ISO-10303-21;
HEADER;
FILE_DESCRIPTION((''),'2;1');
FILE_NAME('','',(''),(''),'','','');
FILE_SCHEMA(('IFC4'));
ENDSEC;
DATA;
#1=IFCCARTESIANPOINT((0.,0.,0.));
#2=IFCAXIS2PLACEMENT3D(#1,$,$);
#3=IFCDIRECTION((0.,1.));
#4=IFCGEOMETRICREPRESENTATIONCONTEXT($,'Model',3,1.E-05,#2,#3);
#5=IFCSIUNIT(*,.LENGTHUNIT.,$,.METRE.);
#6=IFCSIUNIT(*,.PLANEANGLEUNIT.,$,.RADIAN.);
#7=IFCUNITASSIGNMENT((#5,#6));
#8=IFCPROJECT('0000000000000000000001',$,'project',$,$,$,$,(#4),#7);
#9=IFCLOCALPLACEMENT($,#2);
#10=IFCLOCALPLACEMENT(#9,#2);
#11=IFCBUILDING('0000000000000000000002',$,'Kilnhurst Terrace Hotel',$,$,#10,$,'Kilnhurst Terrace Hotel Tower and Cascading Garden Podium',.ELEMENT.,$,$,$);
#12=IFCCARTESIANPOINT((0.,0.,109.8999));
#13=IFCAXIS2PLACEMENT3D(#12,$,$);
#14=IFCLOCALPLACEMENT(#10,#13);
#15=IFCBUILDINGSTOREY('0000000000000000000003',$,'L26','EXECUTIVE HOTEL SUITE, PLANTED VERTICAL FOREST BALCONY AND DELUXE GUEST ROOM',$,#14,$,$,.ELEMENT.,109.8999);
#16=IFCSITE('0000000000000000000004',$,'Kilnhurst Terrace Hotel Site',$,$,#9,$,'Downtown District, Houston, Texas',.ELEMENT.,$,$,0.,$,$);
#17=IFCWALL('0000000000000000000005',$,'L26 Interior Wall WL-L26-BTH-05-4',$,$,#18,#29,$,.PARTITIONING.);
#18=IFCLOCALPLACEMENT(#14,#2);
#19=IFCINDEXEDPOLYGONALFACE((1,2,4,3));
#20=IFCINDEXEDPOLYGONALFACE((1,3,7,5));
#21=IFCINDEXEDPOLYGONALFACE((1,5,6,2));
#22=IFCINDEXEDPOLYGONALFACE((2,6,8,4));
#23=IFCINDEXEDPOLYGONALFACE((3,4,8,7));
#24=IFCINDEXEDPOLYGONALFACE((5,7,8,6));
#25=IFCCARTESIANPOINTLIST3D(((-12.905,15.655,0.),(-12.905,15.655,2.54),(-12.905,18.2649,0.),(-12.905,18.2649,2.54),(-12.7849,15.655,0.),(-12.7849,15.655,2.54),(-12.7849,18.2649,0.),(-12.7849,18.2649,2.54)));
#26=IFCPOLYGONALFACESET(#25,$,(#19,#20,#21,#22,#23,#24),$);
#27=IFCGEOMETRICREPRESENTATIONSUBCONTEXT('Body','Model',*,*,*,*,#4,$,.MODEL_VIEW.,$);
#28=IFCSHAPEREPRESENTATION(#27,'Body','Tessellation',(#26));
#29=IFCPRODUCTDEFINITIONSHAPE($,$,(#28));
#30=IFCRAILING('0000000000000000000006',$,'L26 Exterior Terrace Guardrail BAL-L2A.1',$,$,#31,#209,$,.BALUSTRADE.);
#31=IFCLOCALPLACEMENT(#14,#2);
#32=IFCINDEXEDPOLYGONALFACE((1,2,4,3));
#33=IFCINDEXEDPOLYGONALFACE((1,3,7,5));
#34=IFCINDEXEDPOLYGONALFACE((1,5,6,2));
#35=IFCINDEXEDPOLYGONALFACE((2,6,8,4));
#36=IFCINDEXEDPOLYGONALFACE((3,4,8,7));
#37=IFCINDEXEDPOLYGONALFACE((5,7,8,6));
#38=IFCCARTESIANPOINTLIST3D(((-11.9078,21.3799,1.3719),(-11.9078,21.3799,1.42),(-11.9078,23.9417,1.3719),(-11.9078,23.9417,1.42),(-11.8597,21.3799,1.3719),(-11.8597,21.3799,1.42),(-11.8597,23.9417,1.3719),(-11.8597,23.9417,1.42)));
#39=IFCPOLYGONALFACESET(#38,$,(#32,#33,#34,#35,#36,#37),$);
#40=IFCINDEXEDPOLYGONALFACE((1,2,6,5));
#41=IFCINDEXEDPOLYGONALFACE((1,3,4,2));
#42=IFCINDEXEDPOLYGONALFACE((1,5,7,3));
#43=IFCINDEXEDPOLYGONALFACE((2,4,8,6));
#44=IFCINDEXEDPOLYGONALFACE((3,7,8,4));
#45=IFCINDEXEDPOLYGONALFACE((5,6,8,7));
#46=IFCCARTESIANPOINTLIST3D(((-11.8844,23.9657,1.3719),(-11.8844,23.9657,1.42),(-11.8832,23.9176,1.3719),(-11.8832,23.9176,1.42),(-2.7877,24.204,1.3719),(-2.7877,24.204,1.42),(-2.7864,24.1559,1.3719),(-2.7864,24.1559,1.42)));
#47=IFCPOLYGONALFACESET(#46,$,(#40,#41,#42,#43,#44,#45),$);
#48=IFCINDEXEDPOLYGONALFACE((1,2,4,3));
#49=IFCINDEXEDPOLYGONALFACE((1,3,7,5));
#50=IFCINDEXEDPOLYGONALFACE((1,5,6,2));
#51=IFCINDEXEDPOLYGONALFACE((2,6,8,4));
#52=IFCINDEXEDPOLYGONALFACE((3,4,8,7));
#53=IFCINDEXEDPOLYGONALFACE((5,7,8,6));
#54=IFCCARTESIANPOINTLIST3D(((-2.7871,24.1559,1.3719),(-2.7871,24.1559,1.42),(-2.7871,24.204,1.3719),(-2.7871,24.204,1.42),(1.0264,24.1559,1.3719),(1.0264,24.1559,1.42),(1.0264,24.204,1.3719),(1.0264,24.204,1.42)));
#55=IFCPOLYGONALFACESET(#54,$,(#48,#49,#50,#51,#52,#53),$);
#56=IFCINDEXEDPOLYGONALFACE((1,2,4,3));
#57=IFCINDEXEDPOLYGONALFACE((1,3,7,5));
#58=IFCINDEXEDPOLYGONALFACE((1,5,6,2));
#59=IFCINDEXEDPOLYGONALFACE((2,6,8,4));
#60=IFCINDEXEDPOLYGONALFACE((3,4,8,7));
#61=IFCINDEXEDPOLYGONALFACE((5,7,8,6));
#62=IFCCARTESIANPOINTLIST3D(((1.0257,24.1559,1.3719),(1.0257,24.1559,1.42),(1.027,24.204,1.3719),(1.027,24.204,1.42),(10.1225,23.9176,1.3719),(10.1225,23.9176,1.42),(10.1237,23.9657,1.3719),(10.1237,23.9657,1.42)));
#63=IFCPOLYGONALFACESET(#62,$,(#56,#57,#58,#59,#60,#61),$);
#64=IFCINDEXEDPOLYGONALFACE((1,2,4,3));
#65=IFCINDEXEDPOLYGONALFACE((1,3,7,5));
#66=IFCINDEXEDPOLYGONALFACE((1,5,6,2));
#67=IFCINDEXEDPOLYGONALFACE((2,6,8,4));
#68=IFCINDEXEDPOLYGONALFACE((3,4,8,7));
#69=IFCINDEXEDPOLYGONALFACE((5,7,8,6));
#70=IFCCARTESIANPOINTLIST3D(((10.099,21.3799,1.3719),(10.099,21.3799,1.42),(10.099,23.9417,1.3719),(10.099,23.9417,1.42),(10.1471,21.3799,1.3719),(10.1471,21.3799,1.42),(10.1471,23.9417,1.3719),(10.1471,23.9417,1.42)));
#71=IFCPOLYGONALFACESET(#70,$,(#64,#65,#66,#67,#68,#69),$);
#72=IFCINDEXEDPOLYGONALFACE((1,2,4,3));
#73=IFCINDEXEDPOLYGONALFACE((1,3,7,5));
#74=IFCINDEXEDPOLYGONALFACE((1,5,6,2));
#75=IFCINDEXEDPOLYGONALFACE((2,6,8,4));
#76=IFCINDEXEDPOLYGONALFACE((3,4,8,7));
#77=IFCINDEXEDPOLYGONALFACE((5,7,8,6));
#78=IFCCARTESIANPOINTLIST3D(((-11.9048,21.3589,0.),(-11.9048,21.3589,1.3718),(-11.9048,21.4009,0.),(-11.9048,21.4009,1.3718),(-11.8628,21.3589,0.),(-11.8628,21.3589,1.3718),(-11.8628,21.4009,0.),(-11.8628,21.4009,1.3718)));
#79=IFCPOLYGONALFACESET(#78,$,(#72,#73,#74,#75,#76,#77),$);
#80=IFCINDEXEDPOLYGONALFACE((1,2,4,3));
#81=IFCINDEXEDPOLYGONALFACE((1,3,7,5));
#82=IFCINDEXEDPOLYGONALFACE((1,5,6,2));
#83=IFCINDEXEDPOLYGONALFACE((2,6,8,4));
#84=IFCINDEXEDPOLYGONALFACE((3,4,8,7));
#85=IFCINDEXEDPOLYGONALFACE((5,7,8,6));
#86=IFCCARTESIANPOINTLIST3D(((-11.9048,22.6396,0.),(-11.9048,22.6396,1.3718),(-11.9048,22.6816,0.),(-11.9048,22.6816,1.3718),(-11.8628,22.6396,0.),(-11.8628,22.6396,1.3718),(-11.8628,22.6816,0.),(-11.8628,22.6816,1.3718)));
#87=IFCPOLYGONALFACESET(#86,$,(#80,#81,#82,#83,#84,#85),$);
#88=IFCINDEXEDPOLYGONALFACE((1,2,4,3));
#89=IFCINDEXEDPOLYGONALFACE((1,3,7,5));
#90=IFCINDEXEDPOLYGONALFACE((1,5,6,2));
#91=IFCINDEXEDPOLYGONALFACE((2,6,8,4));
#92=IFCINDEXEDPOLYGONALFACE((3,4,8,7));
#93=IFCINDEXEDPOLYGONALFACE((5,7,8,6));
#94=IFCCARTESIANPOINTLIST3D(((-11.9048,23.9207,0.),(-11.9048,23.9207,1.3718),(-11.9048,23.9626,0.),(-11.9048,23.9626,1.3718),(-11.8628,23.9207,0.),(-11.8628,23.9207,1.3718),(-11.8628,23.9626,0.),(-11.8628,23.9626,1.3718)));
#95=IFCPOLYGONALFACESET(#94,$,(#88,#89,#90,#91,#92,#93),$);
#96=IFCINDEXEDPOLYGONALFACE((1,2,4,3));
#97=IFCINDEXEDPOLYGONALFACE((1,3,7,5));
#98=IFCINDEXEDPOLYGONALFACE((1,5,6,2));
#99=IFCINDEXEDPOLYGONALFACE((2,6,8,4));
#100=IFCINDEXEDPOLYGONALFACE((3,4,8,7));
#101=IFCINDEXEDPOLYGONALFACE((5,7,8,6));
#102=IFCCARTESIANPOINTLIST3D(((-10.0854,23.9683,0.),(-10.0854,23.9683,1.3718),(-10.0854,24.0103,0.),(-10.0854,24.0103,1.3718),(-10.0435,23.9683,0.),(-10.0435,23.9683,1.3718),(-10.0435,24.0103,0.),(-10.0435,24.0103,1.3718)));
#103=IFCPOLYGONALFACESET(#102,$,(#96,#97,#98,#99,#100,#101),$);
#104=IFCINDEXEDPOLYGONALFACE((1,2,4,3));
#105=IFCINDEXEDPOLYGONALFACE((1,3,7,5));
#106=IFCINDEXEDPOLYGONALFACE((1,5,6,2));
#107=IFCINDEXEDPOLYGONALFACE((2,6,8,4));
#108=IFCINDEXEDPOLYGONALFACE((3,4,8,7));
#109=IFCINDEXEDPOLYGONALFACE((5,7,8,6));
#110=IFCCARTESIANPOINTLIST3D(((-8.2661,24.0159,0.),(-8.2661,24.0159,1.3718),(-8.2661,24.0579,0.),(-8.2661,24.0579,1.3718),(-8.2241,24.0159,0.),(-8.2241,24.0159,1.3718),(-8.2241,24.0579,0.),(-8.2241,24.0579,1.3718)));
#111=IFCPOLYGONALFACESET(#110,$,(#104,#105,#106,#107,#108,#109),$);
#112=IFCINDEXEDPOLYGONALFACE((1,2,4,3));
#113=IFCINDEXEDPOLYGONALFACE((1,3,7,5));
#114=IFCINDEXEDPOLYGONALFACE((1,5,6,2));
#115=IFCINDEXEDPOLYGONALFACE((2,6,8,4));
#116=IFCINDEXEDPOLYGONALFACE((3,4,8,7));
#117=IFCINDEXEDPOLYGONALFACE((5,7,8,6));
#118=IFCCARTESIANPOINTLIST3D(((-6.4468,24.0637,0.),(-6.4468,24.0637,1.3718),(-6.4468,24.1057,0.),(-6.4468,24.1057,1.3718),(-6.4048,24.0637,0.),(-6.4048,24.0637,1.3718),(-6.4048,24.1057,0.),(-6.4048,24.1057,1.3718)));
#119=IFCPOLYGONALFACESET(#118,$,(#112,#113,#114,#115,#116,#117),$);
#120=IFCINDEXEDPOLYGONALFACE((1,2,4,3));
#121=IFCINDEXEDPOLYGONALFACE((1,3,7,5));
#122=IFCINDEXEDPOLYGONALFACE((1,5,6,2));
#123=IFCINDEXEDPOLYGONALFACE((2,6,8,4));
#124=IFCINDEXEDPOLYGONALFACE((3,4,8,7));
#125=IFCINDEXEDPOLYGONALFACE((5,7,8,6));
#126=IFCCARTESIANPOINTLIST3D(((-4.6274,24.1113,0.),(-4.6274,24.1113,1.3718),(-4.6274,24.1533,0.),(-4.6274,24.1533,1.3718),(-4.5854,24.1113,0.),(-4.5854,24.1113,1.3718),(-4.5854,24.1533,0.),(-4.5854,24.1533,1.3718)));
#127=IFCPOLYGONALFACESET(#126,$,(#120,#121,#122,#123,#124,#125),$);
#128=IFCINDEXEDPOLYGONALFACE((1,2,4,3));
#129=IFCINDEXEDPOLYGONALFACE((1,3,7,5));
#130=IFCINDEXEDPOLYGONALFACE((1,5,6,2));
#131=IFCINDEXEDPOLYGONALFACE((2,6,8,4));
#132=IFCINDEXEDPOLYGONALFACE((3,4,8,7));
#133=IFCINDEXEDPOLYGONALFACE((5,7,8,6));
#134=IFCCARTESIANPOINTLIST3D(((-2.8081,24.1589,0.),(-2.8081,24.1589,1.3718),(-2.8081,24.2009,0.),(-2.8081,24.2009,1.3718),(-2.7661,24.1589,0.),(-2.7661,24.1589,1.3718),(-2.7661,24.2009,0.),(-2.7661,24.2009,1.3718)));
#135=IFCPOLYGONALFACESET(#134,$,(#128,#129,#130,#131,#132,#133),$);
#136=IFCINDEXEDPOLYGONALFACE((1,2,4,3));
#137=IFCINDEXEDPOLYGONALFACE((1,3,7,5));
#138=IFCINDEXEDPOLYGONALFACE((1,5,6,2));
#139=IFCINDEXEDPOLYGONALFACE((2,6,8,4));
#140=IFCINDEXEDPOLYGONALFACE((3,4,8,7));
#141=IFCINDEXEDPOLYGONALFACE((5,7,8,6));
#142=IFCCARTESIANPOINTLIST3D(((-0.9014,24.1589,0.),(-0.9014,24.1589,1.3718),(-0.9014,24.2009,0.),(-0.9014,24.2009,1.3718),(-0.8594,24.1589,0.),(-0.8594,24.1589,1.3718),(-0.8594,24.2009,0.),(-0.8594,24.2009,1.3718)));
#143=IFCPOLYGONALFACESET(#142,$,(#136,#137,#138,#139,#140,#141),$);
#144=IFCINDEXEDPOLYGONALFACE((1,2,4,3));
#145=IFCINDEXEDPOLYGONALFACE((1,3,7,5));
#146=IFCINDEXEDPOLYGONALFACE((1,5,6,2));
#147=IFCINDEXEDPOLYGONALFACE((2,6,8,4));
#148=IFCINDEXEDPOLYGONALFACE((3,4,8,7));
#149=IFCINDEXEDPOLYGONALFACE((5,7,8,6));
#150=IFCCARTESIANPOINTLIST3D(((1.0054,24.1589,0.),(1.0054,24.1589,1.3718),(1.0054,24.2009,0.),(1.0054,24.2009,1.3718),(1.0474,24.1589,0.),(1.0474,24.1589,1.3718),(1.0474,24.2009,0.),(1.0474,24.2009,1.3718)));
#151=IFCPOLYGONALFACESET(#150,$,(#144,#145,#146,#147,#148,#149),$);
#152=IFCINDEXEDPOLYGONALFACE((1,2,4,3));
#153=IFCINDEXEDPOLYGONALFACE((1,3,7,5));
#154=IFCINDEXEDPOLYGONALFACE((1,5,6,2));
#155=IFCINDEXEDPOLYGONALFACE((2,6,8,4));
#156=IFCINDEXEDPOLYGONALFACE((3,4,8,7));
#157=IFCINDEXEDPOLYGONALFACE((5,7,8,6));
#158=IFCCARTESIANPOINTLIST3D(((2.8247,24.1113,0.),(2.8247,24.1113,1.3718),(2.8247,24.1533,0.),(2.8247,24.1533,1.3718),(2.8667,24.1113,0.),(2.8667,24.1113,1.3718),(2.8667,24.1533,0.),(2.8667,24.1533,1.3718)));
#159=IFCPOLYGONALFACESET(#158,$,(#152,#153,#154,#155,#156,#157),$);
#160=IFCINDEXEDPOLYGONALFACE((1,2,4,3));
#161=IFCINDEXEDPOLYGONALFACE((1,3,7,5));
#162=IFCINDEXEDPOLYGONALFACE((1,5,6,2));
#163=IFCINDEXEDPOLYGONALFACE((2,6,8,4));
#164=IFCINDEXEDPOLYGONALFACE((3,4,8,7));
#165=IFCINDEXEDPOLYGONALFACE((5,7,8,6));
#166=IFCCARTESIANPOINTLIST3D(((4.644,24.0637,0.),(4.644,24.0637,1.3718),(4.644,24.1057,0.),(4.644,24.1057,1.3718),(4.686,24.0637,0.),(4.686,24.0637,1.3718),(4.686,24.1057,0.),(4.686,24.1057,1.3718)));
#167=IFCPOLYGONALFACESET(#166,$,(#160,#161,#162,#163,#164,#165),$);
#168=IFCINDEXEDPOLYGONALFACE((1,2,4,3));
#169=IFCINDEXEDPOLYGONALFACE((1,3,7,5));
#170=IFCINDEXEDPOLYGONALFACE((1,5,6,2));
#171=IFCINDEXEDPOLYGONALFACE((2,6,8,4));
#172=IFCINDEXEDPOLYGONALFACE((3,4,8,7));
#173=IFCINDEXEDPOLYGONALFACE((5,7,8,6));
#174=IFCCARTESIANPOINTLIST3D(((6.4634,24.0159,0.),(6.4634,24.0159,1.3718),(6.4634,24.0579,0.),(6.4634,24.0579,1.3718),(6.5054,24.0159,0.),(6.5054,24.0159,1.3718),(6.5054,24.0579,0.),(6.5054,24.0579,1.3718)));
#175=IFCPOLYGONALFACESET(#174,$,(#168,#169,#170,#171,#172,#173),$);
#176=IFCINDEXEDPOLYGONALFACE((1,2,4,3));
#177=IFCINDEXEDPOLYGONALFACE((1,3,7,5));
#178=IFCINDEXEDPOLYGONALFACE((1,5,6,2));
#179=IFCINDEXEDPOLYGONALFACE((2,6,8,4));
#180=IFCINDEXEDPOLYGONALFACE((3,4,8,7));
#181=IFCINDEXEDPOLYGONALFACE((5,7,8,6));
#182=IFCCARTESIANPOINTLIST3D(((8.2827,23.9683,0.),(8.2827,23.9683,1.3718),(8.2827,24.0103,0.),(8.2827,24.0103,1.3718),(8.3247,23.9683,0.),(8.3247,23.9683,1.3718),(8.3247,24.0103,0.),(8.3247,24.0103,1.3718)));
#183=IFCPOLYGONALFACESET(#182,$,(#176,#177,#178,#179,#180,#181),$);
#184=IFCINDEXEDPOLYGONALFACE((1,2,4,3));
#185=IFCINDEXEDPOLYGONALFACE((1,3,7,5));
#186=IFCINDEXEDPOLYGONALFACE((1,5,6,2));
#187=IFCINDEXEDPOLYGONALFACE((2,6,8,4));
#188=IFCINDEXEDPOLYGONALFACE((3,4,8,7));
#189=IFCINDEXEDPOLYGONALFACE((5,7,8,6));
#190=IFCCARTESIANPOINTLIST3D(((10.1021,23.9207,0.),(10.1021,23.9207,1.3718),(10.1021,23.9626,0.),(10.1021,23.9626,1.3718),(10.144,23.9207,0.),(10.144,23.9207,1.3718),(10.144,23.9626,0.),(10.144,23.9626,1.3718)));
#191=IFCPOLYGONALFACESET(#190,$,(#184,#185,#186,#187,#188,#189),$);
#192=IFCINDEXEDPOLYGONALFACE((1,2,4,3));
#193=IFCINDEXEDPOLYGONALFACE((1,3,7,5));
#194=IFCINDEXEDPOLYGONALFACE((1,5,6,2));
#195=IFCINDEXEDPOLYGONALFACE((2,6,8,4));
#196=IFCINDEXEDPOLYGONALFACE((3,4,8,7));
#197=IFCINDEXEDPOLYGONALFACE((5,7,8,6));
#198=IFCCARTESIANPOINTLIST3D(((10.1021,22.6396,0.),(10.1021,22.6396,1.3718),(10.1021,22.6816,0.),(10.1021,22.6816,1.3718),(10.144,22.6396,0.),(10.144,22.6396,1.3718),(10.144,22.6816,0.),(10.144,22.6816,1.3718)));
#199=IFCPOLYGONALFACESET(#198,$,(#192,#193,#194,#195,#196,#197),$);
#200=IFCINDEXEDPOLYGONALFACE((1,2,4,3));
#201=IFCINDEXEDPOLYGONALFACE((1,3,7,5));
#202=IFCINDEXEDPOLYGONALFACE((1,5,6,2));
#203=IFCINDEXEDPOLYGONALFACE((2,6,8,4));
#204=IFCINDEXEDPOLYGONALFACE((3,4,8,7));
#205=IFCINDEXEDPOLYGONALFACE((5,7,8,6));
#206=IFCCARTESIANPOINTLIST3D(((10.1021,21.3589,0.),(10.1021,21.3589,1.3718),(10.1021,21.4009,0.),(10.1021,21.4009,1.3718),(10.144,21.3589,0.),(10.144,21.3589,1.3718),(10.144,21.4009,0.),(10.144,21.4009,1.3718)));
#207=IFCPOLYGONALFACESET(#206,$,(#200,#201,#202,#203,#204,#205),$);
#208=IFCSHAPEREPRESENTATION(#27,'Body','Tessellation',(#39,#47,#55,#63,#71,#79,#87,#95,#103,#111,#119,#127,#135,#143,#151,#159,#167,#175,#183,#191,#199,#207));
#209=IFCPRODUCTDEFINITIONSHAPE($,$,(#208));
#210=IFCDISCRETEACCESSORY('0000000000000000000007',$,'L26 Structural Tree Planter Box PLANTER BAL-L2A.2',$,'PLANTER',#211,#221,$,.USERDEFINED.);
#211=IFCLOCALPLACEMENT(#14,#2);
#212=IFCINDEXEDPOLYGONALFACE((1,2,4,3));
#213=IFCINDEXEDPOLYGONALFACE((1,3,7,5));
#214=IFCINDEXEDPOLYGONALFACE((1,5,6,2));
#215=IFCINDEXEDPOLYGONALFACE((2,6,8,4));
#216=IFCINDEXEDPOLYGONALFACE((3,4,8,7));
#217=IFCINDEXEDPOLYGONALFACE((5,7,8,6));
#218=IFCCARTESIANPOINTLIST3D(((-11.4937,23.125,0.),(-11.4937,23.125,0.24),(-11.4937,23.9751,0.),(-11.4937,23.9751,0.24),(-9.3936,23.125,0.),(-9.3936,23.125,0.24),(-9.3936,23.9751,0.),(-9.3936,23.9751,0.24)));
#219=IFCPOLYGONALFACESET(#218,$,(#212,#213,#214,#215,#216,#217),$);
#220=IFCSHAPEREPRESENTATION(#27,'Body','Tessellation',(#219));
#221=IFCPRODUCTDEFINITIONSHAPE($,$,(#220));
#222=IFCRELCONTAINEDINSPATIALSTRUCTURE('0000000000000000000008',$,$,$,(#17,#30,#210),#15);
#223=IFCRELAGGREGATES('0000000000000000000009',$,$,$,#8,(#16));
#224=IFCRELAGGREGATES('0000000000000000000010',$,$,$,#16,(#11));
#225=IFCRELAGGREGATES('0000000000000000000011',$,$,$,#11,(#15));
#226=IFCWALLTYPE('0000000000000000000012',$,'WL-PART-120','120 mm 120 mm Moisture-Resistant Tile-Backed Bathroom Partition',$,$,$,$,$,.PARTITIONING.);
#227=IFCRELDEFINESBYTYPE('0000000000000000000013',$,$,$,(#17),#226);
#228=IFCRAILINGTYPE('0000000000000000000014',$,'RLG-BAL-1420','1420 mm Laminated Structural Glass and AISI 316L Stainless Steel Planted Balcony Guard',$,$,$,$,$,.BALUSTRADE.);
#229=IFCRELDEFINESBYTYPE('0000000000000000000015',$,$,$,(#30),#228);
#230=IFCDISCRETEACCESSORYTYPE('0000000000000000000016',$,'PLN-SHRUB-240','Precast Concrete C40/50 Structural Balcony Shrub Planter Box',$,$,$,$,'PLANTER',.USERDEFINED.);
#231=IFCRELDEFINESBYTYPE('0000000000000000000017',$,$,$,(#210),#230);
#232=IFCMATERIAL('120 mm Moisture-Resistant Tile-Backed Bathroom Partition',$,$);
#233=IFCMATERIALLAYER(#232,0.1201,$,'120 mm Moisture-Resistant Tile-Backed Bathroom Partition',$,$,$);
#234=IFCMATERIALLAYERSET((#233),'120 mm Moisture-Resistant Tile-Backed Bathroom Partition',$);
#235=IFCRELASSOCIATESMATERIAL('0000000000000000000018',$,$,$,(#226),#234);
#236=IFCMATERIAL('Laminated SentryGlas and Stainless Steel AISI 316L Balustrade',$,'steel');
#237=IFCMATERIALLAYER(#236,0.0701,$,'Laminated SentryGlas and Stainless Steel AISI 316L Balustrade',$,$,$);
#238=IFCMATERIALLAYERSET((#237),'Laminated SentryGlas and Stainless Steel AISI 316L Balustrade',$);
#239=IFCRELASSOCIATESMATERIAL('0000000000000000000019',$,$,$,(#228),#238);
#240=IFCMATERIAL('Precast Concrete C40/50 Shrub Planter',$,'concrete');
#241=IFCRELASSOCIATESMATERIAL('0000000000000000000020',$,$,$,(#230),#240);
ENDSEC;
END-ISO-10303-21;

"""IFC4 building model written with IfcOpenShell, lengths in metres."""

from ifc_helpers import new_model, si_unit, direction, frame, frame_2d, origin, origin_2d, place, context, subcontext, project, spatial, rectangle, extrude, material, layer, layer_set, type_object, element, save


model = new_model("IFC4")

# Units and contexts
model_context = context("Model", 3, precision=1e-05, world=origin(), true_north=direction((0.0, 1.0)))
body_context = subcontext(model_context, "Body", "Model", "MODEL_VIEW")
ifc_project = project(units=[si_unit("LENGTHUNIT", "METRE"), si_unit("PLANEANGLEUNIT", "RADIAN")], contexts=[model_context])

# Site, building, storey
site_placement = place(None, origin())
site = spatial("IfcSite", under=ifc_project, at=site_placement, Name="Kilnhurst Terrace Hotel Site", LongName="Downtown District, Houston, Texas", CompositionType="ELEMENT", RefElevation=0.0)
building_placement = place(site_placement, origin())
building = spatial("IfcBuilding", under=site, at=building_placement, Name="Kilnhurst Terrace Hotel", LongName="Kilnhurst Terrace Hotel Tower and Cascading Garden Podium", CompositionType="ELEMENT")
storey_placement = place(building_placement, frame((0.0, 0.0, 109.8999)))
storey = spatial("IfcBuildingStorey", under=building, at=storey_placement, Name="L26", Description="EXECUTIVE HOTEL SUITE, PLANTED VERTICAL FOREST BALCONY AND DELUXE GUEST ROOM", CompositionType="ELEMENT", Elevation=109.8999)

# Shared definitions
ifc_material_1 = material(Name="120 mm Moisture-Resistant Tile-Backed Bathroom Partition")
ifc_layer_1 = layer(ifc_material_1, 0.1201, Name="120 mm Moisture-Resistant Tile-Backed Bathroom Partition")
ifc_layer_set_1 = layer_set([ifc_layer_1], Name="120 mm Moisture-Resistant Tile-Backed Bathroom Partition")
wall_type_1 = type_object("IfcWallType", Name="WL-PART-120", Description="120 mm 120 mm Moisture-Resistant Tile-Backed Bathroom Partition", PredefinedType="PARTITIONING", material=ifc_layer_set_1)

# Wall
wall_1_placement = place(storey_placement, frame((-12.845, 18.2649, 0.0), z_axis=(0.0, 0.0, 1.0), x_axis=(0.0, -1.0, 0.0)))
element("IfcWall", 1, at=wall_1_placement, inside=storey, type_object=wall_type_1, Name="L26 Interior Wall WL-L26-BTH-05-4", PredefinedType="PARTITIONING", context=body_context, shape_type="SweptSolid", body=[
    extrude(rectangle(XDim=2.6099, YDim=0.1201, at=frame_2d((1.3049, 0.0))), origin(), (0.0, 0.0, 1.0), 2.54),
])

# Railing
ifc_material_2 = material(Name="Laminated SentryGlas and Stainless Steel AISI 316L Balustrade", Category="steel")
ifc_layer_2 = layer(ifc_material_2, 0.0701, Name="Laminated SentryGlas and Stainless Steel AISI 316L Balustrade")
ifc_layer_set_2 = layer_set([ifc_layer_2], Name="Laminated SentryGlas and Stainless Steel AISI 316L Balustrade")
railing_type = type_object("IfcRailingType", Name="RLG-BAL-1420", Description="1420 mm Laminated Structural Glass and AISI 316L Stainless Steel Planted Balcony Guard", PredefinedType="BALUSTRADE", material=ifc_layer_set_2)
railing_placement = place(storey_placement, frame((-11.8838, 21.3799, 0.0)))
element("IfcRailing", 2, at=railing_placement, inside=storey, type_object=railing_type, Name="L26 Exterior Terrace Guardrail BAL-L2A.1", PredefinedType="BALUSTRADE", context=body_context, shape_type="SweptSolid", body=[
    extrude(rectangle(XDim=0.0481, YDim=0.0481, at=origin_2d()), frame((0.0, 0.0, 1.396), z_axis=(0.0, 1.0, 0.0), x_axis=(-1.0, 0.0, 0.0)), (0.0, 0.0, 1.0), 2.5618),
    extrude(rectangle(XDim=0.0481, YDim=0.0481, at=origin_2d()), frame((0.0, 2.5618, 1.396), z_axis=(0.999657, 0.026185, 0.0), x_axis=(-0.026185, 0.999657, 0.0)), (0.0, 0.0, 1.0), 9.0999),
    extrude(rectangle(XDim=0.0481, YDim=0.0481, at=origin_2d()), frame((9.0967, 2.8, 1.396), z_axis=(1.0, 0.0, 0.0), x_axis=(0.0, 1.0, 0.0)), (0.0, 0.0, 1.0), 3.8135),
    extrude(rectangle(XDim=0.0481, YDim=0.0481, at=origin_2d()), frame((12.9102, 2.8, 1.396), z_axis=(0.999657, -0.026185, 0.0), x_axis=(0.026185, 0.999657, 0.0)), (0.0, 0.0, 1.0), 9.0999),
    extrude(rectangle(XDim=0.0481, YDim=0.0481, at=origin_2d()), frame((22.0068, 2.5618, 1.396), z_axis=(0.0, -1.0, 0.0), x_axis=(1.0, 0.0, 0.0)), (0.0, 0.0, 1.0), 2.5618),
    extrude(rectangle(XDim=0.042, YDim=0.042, at=origin_2d()), origin(), (0.0, 0.0, 1.0), 1.3718),
    extrude(rectangle(XDim=0.042, YDim=0.042, at=origin_2d()), frame((0.0, 1.2808, 0.0)), (0.0, 0.0, 1.0), 1.3718),
    extrude(rectangle(XDim=0.042, YDim=0.042, at=origin_2d()), frame((0.0, 2.5618, 0.0)), (0.0, 0.0, 1.0), 1.3718),
    extrude(rectangle(XDim=0.042, YDim=0.042, at=origin_2d()), frame((1.8193, 2.6094, 0.0)), (0.0, 0.0, 1.0), 1.3718),
    extrude(rectangle(XDim=0.042, YDim=0.042, at=origin_2d()), frame((3.6387, 2.657, 0.0)), (0.0, 0.0, 1.0), 1.3718),
    extrude(rectangle(XDim=0.042, YDim=0.042, at=origin_2d()), frame((5.458, 2.7048, 0.0)), (0.0, 0.0, 1.0), 1.3718),
    extrude(rectangle(XDim=0.042, YDim=0.042, at=origin_2d()), frame((7.2773, 2.7524, 0.0)), (0.0, 0.0, 1.0), 1.3718),
    extrude(rectangle(XDim=0.042, YDim=0.042, at=origin_2d()), frame((9.0967, 2.8, 0.0)), (0.0, 0.0, 1.0), 1.3718),
    extrude(rectangle(XDim=0.042, YDim=0.042, at=origin_2d()), frame((11.0034, 2.8, 0.0)), (0.0, 0.0, 1.0), 1.3718),
    extrude(rectangle(XDim=0.042, YDim=0.042, at=origin_2d()), frame((12.9102, 2.8, 0.0)), (0.0, 0.0, 1.0), 1.3718),
    extrude(rectangle(XDim=0.042, YDim=0.042, at=origin_2d()), frame((14.7295, 2.7524, 0.0)), (0.0, 0.0, 1.0), 1.3718),
    extrude(rectangle(XDim=0.042, YDim=0.042, at=origin_2d()), frame((16.5488, 2.7048, 0.0)), (0.0, 0.0, 1.0), 1.3718),
    extrude(rectangle(XDim=0.042, YDim=0.042, at=origin_2d()), frame((18.3682, 2.657, 0.0)), (0.0, 0.0, 1.0), 1.3718),
    extrude(rectangle(XDim=0.042, YDim=0.042, at=origin_2d()), frame((20.1875, 2.6094, 0.0)), (0.0, 0.0, 1.0), 1.3718),
    extrude(rectangle(XDim=0.042, YDim=0.042, at=origin_2d()), frame((22.0068, 2.5618, 0.0)), (0.0, 0.0, 1.0), 1.3718),
    extrude(rectangle(XDim=0.042, YDim=0.042, at=origin_2d()), frame((22.0068, 1.2808, 0.0)), (0.0, 0.0, 1.0), 1.3718),
    extrude(rectangle(XDim=0.042, YDim=0.042, at=origin_2d()), frame((22.0068, 0.0, 0.0)), (0.0, 0.0, 1.0), 1.3718),
])

# Discrete accessory
ifc_material_3 = material(Name="Precast Concrete C40/50 Shrub Planter", Category="concrete")
discrete_accessory_type_1 = type_object("IfcDiscreteAccessoryType", Name="PLN-SHRUB-240", Description="Precast Concrete C40/50 Structural Balcony Shrub Planter Box", ElementType="PLANTER", PredefinedType="USERDEFINED", material=ifc_material_3)
discrete_accessory_1_placement = place(storey_placement, frame((-10.4436, 23.55, 0.0), z_axis=(0.0, 0.0, 1.0), x_axis=(-1.0, 0.0, 0.0)))
element("IfcDiscreteAccessory", 3, at=discrete_accessory_1_placement, inside=storey, type_object=discrete_accessory_type_1, Name="L26 Structural Tree Planter Box PLANTER BAL-L2A.2", ObjectType="PLANTER", PredefinedType="USERDEFINED", context=body_context, shape_type="SweptSolid", body=[
    extrude(rectangle(XDim=2.1001, YDim=0.8501, at=origin_2d()), origin(), (0.0, 0.0, 1.0), 0.24),
])

save(model, "model.ifc")
